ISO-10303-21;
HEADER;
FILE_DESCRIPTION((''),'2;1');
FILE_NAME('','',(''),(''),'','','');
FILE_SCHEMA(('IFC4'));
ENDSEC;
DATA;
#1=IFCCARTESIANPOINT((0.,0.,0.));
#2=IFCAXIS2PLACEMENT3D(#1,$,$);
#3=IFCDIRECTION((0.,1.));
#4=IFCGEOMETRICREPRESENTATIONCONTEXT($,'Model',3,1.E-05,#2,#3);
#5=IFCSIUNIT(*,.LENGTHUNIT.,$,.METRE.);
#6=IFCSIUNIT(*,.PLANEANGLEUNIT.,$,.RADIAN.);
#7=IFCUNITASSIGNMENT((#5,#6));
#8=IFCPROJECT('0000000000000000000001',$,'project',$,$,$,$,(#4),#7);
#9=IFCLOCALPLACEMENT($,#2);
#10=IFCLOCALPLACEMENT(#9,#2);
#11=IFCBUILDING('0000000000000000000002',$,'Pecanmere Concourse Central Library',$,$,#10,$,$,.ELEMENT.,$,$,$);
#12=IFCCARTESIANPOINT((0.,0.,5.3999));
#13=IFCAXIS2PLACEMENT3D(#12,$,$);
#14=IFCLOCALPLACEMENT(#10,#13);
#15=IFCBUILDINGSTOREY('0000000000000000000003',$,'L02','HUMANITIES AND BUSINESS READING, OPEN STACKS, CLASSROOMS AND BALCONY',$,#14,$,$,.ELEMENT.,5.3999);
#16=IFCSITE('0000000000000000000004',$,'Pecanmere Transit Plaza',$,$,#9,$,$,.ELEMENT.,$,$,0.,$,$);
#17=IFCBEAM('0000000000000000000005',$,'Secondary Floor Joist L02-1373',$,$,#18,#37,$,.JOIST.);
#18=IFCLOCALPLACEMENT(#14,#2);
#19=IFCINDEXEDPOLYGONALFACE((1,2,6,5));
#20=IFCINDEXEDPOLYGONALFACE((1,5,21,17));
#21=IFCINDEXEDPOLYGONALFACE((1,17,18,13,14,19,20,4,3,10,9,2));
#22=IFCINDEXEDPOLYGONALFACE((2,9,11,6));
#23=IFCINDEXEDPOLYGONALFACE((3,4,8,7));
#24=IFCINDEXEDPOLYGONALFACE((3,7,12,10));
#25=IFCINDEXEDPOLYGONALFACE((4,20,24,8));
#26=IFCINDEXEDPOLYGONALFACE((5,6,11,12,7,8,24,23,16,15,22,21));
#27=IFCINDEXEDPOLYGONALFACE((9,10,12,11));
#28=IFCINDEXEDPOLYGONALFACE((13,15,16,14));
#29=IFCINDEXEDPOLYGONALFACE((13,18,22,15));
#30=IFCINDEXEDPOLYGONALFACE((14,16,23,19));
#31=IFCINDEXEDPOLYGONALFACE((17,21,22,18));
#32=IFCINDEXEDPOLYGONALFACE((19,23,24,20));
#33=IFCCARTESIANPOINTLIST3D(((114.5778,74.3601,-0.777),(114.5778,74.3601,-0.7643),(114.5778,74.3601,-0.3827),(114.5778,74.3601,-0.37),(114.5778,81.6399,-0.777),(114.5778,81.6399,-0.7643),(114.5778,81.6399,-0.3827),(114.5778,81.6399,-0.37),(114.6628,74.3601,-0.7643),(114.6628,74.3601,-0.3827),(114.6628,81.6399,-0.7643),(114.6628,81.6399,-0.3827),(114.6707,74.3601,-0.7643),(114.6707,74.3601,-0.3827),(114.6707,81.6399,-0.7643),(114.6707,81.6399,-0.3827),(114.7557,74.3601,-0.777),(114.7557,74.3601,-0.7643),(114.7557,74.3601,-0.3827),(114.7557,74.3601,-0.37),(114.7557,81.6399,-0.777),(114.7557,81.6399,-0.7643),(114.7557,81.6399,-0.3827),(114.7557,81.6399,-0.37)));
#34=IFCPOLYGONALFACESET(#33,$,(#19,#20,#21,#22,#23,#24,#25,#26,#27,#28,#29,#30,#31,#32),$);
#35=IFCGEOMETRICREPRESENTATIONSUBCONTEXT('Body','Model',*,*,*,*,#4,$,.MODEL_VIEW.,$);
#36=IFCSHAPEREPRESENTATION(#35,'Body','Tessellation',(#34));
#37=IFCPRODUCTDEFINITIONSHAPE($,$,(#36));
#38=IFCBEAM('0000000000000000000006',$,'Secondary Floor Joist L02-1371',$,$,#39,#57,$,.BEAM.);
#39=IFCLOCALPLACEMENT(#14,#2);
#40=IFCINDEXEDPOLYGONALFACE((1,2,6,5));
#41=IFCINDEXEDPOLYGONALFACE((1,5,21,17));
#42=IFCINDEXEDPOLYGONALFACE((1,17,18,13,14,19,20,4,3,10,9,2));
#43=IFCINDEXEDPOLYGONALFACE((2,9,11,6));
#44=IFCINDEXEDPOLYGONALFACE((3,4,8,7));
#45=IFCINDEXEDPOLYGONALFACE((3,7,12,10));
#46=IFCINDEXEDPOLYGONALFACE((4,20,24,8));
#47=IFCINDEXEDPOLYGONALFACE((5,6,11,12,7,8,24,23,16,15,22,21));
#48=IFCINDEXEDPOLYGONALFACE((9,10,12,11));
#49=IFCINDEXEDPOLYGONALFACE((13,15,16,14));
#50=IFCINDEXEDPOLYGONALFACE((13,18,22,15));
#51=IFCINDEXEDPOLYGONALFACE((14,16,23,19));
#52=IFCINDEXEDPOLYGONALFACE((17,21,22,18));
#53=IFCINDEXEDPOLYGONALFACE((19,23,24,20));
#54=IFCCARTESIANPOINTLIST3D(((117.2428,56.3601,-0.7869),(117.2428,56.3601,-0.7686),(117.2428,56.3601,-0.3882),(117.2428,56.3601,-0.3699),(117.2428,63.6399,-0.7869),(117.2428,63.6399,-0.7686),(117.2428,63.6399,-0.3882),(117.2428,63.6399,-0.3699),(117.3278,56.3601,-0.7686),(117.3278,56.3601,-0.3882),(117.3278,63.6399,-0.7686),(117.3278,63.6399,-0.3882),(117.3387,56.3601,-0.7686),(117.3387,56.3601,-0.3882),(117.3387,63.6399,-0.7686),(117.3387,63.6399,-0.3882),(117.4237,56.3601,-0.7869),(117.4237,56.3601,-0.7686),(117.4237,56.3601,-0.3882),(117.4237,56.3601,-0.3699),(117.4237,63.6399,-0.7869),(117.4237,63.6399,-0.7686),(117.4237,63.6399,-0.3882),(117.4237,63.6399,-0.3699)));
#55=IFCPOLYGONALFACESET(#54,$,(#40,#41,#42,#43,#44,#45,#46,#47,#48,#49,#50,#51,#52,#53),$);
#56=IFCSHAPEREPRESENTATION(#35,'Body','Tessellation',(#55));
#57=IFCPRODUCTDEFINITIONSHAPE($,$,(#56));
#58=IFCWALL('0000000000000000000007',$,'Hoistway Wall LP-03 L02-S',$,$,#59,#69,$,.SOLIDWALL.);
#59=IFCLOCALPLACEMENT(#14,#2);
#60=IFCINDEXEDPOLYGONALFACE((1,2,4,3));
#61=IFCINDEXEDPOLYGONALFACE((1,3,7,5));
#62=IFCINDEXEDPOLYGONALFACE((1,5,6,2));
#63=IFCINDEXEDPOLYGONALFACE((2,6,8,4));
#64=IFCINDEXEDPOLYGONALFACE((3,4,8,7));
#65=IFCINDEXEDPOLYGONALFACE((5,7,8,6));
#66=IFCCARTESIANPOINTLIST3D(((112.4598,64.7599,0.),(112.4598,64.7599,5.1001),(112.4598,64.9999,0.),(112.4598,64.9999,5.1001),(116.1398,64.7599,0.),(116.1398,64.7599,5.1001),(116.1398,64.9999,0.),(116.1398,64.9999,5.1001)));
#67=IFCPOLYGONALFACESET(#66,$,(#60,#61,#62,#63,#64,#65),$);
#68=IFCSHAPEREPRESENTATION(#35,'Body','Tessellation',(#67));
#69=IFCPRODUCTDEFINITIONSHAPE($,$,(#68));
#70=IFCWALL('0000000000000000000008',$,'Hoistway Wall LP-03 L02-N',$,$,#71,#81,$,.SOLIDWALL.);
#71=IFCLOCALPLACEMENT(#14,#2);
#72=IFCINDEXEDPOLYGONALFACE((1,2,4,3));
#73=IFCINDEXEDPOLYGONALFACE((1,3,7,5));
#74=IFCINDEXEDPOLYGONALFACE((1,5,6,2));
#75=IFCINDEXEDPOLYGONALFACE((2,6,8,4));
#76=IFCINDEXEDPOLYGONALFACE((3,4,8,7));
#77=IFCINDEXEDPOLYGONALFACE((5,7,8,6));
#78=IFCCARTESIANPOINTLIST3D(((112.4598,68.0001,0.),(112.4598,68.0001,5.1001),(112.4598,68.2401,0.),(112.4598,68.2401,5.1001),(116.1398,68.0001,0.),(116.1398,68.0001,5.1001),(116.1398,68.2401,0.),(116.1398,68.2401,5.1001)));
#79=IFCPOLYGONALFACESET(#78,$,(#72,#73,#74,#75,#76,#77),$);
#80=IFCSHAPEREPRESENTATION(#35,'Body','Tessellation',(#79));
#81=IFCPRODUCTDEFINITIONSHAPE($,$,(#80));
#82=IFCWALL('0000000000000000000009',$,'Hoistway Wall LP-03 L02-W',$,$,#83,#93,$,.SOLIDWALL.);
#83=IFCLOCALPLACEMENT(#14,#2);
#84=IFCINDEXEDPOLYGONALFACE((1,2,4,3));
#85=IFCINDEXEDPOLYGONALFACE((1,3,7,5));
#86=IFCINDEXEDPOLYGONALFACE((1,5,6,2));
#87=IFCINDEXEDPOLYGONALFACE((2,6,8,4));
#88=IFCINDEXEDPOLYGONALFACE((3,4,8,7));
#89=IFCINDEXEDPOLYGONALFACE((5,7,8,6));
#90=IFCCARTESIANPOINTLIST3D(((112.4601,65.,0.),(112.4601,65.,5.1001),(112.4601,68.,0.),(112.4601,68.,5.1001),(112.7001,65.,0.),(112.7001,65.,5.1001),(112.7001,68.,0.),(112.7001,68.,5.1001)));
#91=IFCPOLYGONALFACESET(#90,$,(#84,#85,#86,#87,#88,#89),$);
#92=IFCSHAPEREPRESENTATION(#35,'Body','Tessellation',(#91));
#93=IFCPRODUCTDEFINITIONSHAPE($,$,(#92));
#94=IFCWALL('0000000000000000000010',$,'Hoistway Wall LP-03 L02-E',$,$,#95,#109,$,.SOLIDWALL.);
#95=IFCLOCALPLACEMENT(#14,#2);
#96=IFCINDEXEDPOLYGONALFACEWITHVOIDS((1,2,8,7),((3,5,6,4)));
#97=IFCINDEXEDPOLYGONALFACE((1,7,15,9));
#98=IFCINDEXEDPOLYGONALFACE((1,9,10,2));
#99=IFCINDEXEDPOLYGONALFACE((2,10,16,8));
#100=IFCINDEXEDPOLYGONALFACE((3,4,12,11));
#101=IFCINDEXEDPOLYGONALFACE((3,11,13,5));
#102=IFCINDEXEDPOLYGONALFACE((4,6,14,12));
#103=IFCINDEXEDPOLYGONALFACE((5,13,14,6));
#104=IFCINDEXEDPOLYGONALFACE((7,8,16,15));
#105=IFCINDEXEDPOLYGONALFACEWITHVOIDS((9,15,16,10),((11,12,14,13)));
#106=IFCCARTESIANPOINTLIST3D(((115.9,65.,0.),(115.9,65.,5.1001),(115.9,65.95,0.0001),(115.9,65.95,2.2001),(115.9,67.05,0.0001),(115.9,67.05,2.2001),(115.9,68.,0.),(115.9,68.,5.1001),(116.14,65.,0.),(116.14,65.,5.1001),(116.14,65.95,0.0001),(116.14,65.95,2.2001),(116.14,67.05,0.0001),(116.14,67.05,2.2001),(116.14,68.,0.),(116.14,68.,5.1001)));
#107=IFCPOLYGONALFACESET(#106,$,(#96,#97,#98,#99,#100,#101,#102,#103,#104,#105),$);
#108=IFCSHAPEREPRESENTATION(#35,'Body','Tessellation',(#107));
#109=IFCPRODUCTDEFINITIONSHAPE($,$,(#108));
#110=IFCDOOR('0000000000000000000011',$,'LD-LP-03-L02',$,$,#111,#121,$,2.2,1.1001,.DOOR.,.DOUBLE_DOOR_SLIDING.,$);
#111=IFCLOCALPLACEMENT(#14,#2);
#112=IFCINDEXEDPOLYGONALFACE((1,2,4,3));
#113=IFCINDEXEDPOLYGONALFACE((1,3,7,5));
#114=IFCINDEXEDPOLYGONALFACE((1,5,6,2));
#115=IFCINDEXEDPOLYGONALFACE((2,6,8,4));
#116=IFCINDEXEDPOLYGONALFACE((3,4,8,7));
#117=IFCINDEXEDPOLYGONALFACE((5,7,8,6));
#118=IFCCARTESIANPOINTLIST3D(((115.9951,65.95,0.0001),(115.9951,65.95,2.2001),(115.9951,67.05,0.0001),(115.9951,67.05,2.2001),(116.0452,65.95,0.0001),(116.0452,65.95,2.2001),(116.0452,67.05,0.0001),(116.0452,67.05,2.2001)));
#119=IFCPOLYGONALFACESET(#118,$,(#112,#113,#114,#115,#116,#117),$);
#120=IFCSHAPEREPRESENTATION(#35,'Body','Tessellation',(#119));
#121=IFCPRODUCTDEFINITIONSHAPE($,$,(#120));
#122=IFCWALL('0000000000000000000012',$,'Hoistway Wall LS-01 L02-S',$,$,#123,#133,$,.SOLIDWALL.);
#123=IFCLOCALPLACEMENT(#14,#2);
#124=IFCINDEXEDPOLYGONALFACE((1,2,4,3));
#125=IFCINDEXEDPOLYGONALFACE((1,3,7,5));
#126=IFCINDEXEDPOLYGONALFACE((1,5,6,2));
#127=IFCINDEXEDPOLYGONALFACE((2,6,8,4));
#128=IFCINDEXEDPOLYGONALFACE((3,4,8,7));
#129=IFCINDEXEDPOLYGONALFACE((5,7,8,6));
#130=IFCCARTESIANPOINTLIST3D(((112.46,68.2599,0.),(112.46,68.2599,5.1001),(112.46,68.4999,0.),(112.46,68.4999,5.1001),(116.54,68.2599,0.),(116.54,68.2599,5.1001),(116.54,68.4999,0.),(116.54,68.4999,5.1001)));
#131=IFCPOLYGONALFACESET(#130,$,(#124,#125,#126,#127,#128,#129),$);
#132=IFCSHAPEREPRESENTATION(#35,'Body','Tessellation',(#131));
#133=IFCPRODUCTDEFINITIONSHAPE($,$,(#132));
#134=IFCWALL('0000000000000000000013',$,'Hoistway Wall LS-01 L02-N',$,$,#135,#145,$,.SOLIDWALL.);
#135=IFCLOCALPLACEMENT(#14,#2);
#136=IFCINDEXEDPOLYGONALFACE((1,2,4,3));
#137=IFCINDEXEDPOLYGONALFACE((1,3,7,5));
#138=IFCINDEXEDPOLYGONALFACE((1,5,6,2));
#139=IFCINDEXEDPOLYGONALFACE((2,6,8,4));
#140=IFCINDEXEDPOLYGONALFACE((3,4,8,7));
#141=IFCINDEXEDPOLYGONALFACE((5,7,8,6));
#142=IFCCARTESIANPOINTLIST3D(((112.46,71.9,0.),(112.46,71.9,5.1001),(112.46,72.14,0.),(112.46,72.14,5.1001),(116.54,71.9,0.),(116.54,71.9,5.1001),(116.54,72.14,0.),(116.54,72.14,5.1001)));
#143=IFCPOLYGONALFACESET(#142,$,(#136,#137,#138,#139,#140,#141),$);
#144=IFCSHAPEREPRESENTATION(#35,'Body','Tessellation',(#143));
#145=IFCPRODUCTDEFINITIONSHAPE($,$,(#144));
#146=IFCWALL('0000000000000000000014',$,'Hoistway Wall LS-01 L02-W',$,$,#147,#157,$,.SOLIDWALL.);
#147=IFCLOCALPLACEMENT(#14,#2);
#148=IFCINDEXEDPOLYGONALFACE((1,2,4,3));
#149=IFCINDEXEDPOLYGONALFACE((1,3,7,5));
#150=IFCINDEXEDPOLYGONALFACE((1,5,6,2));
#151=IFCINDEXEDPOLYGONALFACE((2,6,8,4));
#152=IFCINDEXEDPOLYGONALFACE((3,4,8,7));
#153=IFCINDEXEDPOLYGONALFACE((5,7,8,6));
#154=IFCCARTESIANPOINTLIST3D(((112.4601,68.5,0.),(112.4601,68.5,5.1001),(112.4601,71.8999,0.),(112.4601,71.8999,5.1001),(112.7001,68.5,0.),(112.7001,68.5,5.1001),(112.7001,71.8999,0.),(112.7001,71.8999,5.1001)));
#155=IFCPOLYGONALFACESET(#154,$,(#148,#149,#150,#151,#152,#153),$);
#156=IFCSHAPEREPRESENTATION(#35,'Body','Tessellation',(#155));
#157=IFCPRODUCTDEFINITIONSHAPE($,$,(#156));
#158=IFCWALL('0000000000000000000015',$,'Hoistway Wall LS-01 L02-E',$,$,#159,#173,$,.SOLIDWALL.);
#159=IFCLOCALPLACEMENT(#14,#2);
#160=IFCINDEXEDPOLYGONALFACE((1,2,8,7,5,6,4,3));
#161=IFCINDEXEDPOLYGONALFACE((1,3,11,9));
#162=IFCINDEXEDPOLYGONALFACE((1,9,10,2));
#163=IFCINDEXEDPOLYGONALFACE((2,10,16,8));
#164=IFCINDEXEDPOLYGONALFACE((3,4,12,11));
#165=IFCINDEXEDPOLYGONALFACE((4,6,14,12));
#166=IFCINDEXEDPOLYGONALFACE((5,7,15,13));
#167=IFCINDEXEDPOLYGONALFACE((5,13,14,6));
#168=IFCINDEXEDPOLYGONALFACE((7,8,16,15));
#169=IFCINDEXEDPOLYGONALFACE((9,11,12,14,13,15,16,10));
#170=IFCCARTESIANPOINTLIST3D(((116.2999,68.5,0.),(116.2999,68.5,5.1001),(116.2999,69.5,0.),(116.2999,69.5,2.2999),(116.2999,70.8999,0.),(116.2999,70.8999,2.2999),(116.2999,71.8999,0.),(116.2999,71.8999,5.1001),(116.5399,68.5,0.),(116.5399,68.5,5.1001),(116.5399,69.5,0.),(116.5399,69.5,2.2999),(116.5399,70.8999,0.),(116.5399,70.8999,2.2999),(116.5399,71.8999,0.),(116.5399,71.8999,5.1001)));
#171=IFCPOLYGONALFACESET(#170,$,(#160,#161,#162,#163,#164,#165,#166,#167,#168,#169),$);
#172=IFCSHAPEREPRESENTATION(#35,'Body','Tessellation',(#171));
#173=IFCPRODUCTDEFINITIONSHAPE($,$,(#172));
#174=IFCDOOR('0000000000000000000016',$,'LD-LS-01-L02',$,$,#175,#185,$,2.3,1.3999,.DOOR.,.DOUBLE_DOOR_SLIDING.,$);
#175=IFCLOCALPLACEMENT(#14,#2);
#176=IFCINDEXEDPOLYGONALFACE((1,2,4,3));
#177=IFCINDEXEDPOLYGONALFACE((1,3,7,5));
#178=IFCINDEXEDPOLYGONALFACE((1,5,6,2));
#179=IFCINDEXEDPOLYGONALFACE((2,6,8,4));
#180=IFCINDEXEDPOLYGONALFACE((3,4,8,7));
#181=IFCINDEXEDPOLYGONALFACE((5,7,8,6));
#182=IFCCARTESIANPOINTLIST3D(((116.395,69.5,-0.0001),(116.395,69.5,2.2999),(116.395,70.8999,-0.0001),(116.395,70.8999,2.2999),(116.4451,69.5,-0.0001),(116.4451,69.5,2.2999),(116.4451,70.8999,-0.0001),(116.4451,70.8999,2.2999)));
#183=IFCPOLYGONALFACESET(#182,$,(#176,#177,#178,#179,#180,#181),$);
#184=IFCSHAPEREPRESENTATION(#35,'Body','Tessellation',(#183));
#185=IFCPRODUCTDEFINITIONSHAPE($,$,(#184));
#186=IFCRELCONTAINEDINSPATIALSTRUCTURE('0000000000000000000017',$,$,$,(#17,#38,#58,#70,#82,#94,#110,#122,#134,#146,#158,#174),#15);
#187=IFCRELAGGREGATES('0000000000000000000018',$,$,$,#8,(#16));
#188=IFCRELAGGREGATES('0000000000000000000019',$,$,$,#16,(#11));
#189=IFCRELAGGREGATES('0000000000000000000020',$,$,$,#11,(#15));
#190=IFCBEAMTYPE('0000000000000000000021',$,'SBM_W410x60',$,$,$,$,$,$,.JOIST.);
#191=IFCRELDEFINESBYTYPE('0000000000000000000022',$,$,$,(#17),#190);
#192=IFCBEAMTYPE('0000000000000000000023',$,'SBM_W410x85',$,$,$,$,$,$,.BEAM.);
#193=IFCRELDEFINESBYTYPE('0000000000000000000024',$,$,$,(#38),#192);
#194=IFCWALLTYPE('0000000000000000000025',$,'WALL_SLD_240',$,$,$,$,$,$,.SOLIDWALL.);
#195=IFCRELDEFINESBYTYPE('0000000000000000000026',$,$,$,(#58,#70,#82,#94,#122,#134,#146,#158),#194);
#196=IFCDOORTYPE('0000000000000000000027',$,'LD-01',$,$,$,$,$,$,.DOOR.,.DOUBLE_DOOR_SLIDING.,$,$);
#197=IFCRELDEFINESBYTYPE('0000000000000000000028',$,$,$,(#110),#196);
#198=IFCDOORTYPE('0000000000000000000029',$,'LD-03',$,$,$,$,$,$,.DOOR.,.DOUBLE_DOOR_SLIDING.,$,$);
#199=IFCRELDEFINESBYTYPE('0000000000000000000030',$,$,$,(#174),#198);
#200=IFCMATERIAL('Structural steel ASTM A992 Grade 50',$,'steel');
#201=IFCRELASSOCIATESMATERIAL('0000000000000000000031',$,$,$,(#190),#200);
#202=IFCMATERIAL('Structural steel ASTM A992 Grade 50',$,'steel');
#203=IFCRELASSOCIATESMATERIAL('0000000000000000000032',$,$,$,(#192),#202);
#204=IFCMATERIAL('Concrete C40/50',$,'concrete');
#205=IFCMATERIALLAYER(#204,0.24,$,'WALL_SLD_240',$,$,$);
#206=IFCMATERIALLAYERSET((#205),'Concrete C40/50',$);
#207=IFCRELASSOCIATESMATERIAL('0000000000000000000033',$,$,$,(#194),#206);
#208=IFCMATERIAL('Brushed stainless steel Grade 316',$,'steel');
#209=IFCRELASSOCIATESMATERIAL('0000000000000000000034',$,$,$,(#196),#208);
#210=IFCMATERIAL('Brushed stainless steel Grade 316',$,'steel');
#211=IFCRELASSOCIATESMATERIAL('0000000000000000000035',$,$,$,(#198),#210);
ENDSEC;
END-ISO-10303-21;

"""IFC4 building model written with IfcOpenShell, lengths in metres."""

from ifc_helpers import new_model, si_unit, direction, frame, frame_2d, origin, origin_2d, place, context, subcontext, project, spatial, rectangle, i_section, extrude, material, layer, layer_set, material_profile, profile_set, type_object, element, fill, save


model = new_model("IFC4")

# Units and contexts
model_context = context("Model", 3, precision=1e-05, world=origin(), true_north=direction((0.0, 1.0)))
body_context = subcontext(model_context, "Body", "Model", "MODEL_VIEW")
ifc_project = project(units=[si_unit("LENGTHUNIT", "METRE"), si_unit("PLANEANGLEUNIT", "RADIAN")], contexts=[model_context])

# Site, building, storey
site_placement = place(None, origin())
site = spatial("IfcSite", under=ifc_project, at=site_placement, Name="Pecanmere Transit Plaza", CompositionType="ELEMENT", RefElevation=0.0)
building_placement = place(site_placement, origin())
building = spatial("IfcBuilding", under=site, at=building_placement, Name="Pecanmere Concourse Central Library", CompositionType="ELEMENT")
storey_placement = place(building_placement, frame((0.0, 0.0, 5.3999)))
storey = spatial("IfcBuildingStorey", under=building, at=storey_placement, Name="L02", Description="HUMANITIES AND BUSINESS READING, OPEN STACKS, CLASSROOMS AND BALCONY", CompositionType="ELEMENT", Elevation=5.3999)

# Beams
ifc_material_1 = material(Name="Structural steel ASTM A992 Grade 50", Category="steel")
ifc_material_profile_1 = material_profile(ifc_material_1, i_section(OverallWidth=0.178, OverallDepth=0.407, WebThickness=0.0078, FlangeThickness=0.0127, at=origin_2d()), Name="W410x60")
ifc_profile_set_1 = profile_set([ifc_material_profile_1], Name="Structural steel ASTM A992 Grade 50")
beam_type_1 = type_object("IfcBeamType", Name="SBM_W410x60", PredefinedType="JOIST", material=ifc_profile_set_1)
beam_1_placement = place(storey_placement, frame((114.6667, 74.3601, -0.5735), z_axis=(0.0, 1.0, 0.0), x_axis=(-1.0, 0.0, 0.0)))
element("IfcBeam", 1, at=beam_1_placement, inside=storey, type_object=beam_type_1, Name="Secondary Floor Joist L02-1373", PredefinedType="JOIST", context=body_context, shape_type="SweptSolid", body=[
    extrude(i_section(OverallWidth=0.178, OverallDepth=0.407, WebThickness=0.0078, FlangeThickness=0.0127, at=origin_2d()), origin(), (0.0, 0.0, 1.0), 7.2798),
])
ifc_material_2 = material(Name="Structural steel ASTM A992 Grade 50", Category="steel")
ifc_material_profile_2 = material_profile(ifc_material_2, i_section(OverallWidth=0.1809, OverallDepth=0.417, WebThickness=0.011, FlangeThickness=0.0183, at=origin_2d()), Name="W410x85")
ifc_profile_set_2 = profile_set([ifc_material_profile_2], Name="Structural steel ASTM A992 Grade 50")
beam_type_2 = type_object("IfcBeamType", Name="SBM_W410x85", PredefinedType="BEAM", material=ifc_profile_set_2)
beam_2_placement = place(storey_placement, frame((117.3333, 56.3601, -0.5784), z_axis=(0.0, 1.0, 0.0), x_axis=(-1.0, 0.0, 0.0)))
element("IfcBeam", 2, at=beam_2_placement, inside=storey, type_object=beam_type_2, Name="Secondary Floor Joist L02-1371", PredefinedType="BEAM", context=body_context, shape_type="SweptSolid", body=[
    extrude(i_section(OverallWidth=0.1809, OverallDepth=0.417, WebThickness=0.011, FlangeThickness=0.0183, at=origin_2d()), origin(), (0.0, 0.0, 1.0), 7.2798),
])

# Walls
ifc_material_3 = material(Name="Concrete C40/50", Category="concrete")
ifc_layer_1 = layer(ifc_material_3, 0.24, Name="WALL_SLD_240")
ifc_layer_set_1 = layer_set([ifc_layer_1], Name="Concrete C40/50")
wall_type_1 = type_object("IfcWallType", Name="WALL_SLD_240", PredefinedType="SOLIDWALL", material=ifc_layer_set_1)
for number, where, z_axis, x_axis, name in (
    (3, (112.46, 64.8799, 0.0), (0.0, 0.0, 1.0), (1.0, 0.0, 0.0), "Hoistway Wall LP-03 L02-S"),
    (4, (112.46, 68.1201, 0.0), (0.0, 0.0, 1.0), (1.0, 0.0, 0.0), "Hoistway Wall LP-03 L02-N"),
):
    element("IfcWall", number, at=place(storey_placement, frame(where, z_axis=z_axis, x_axis=x_axis)), inside=storey, type_object=wall_type_1, Name=name, PredefinedType="SOLIDWALL", context=body_context, shape_type="SweptSolid", body=[
        extrude(rectangle(XDim=3.6799, YDim=0.24, at=frame_2d((1.8398, 0.0))), origin(), (0.0, 0.0, 1.0), 5.1001),
    ])
wall_1_placement = place(storey_placement, frame((112.5801, 65.0, 0.0), z_axis=(0.0, 0.0, 1.0), x_axis=(0.0, 1.0, 0.0)))
element("IfcWall", 5, at=wall_1_placement, inside=storey, type_object=wall_type_1, Name="Hoistway Wall LP-03 L02-W", PredefinedType="SOLIDWALL", context=body_context, shape_type="SweptSolid", body=[
    extrude(rectangle(XDim=3.0, YDim=0.24, at=frame_2d((1.5, 0.0))), origin(), (0.0, 0.0, 1.0), 5.1001),
])

# Wall, opening, door
wall_2_placement = place(storey_placement, frame((116.02, 65.0, 0.0), z_axis=(0.0, 0.0, 1.0), x_axis=(0.0, 1.0, 0.0)))
wall_2 = element("IfcWall", 6, at=wall_2_placement, inside=storey, type_object=wall_type_1, Name="Hoistway Wall LP-03 L02-E", PredefinedType="SOLIDWALL", context=body_context, shape_type="SweptSolid", body=[
    extrude(rectangle(XDim=3.0, YDim=0.24, at=frame_2d((1.5, 0.0))), origin(), (0.0, 0.0, 1.0), 5.1001),
])
opening_1_placement = place(wall_2_placement, frame((0.95, 0.0, 0.0)))
opening_1 = element("IfcOpeningElement", 7, at=opening_1_placement, cuts=wall_2, PredefinedType="OPENING", context=body_context, shape_type="SweptSolid", body=[
    extrude(rectangle(XDim=1.1001, YDim=2.2, at=frame_2d((0.55, 1.1001))), frame((0.0, 0.1318, 0.0), z_axis=(0.0, -1.0, 0.0), x_axis=(1.0, 0.0, 0.0)), (0.0, 0.0, 1.0), 0.2639),
])
ifc_material_4 = material(Name="Brushed stainless steel Grade 316", Category="steel")
door_type_1 = type_object("IfcDoorType", Name="LD-01", OperationType="DOUBLE_DOOR_SLIDING", PredefinedType="DOOR", material=ifc_material_4)
door_1_placement = place(opening_1_placement, origin())
door_1 = element("IfcDoor", 8, at=door_1_placement, inside=storey, type_object=door_type_1, Name="LD-LP-03-L02", OperationType="DOUBLE_DOOR_SLIDING", OverallHeight=2.2, OverallWidth=1.1001, PredefinedType="DOOR", context=body_context, shape_type="SweptSolid", body=[
    extrude(rectangle(XDim=1.1001, YDim=2.2, at=frame_2d((0.55, 1.1001))), frame((0.0, 0.0249, 0.0), z_axis=(0.0, -1.0, 0.0), x_axis=(1.0, 0.0, 0.0)), (0.0, 0.0, 1.0), 0.05),
])
fill(opening_1, door_1)

# Walls
for number, where, z_axis, x_axis, name in (
    (9, (112.46, 68.3799, 0.0), (0.0, 0.0, 1.0), (1.0, 0.0, 0.0), "Hoistway Wall LS-01 L02-S"),
    (10, (112.46, 72.02, 0.0), (0.0, 0.0, 1.0), (1.0, 0.0, 0.0), "Hoistway Wall LS-01 L02-N"),
):
    element("IfcWall", number, at=place(storey_placement, frame(where, z_axis=z_axis, x_axis=x_axis)), inside=storey, type_object=wall_type_1, Name=name, PredefinedType="SOLIDWALL", context=body_context, shape_type="SweptSolid", body=[
        extrude(rectangle(XDim=4.0801, YDim=0.24, at=frame_2d((2.04, 0.0))), origin(), (0.0, 0.0, 1.0), 5.1001),
    ])
wall_3_placement = place(storey_placement, frame((112.5801, 68.5, 0.0), z_axis=(0.0, 0.0, 1.0), x_axis=(0.0, 1.0, 0.0)))
element("IfcWall", 11, at=wall_3_placement, inside=storey, type_object=wall_type_1, Name="Hoistway Wall LS-01 L02-W", PredefinedType="SOLIDWALL", context=body_context, shape_type="SweptSolid", body=[
    extrude(rectangle(XDim=3.3999, YDim=0.24, at=frame_2d((1.7, 0.0))), origin(), (0.0, 0.0, 1.0), 5.1001),
])

# Wall, opening, door
wall_4_placement = place(storey_placement, frame((116.4199, 68.5, 0.0), z_axis=(0.0, 0.0, 1.0), x_axis=(0.0, 1.0, 0.0)))
wall_4 = element("IfcWall", 12, at=wall_4_placement, inside=storey, type_object=wall_type_1, Name="Hoistway Wall LS-01 L02-E", PredefinedType="SOLIDWALL", context=body_context, shape_type="SweptSolid", body=[
    extrude(rectangle(XDim=3.3999, YDim=0.24, at=frame_2d((1.7, 0.0))), origin(), (0.0, 0.0, 1.0), 5.1001),
])
opening_2_placement = place(wall_4_placement, frame((1.0, 0.0, 0.0)))
opening_2 = element("IfcOpeningElement", 13, at=opening_2_placement, cuts=wall_4, PredefinedType="OPENING", context=body_context, shape_type="SweptSolid", body=[
    extrude(rectangle(XDim=1.3999, YDim=2.3, at=frame_2d((0.7, 1.1499))), frame((0.0, 0.1318, 0.0), z_axis=(0.0, -1.0, 0.0), x_axis=(1.0, 0.0, 0.0)), (0.0, 0.0, 1.0), 0.2639),
])
ifc_material_5 = material(Name="Brushed stainless steel Grade 316", Category="steel")
door_type_2 = type_object("IfcDoorType", Name="LD-03", OperationType="DOUBLE_DOOR_SLIDING", PredefinedType="DOOR", material=ifc_material_5)
door_2_placement = place(opening_2_placement, origin())
door_2 = element("IfcDoor", 14, at=door_2_placement, inside=storey, type_object=door_type_2, Name="LD-LS-01-L02", OperationType="DOUBLE_DOOR_SLIDING", OverallHeight=2.3, OverallWidth=1.3999, PredefinedType="DOOR", context=body_context, shape_type="SweptSolid", body=[
    extrude(rectangle(XDim=1.3999, YDim=2.3, at=frame_2d((0.7, 1.1499))), frame((0.0, 0.0249, 0.0), z_axis=(0.0, -1.0, 0.0), x_axis=(1.0, 0.0, 0.0)), (0.0, 0.0, 1.0), 0.05),
])
fill(opening_2, door_2)

save(model, "model.ifc")
